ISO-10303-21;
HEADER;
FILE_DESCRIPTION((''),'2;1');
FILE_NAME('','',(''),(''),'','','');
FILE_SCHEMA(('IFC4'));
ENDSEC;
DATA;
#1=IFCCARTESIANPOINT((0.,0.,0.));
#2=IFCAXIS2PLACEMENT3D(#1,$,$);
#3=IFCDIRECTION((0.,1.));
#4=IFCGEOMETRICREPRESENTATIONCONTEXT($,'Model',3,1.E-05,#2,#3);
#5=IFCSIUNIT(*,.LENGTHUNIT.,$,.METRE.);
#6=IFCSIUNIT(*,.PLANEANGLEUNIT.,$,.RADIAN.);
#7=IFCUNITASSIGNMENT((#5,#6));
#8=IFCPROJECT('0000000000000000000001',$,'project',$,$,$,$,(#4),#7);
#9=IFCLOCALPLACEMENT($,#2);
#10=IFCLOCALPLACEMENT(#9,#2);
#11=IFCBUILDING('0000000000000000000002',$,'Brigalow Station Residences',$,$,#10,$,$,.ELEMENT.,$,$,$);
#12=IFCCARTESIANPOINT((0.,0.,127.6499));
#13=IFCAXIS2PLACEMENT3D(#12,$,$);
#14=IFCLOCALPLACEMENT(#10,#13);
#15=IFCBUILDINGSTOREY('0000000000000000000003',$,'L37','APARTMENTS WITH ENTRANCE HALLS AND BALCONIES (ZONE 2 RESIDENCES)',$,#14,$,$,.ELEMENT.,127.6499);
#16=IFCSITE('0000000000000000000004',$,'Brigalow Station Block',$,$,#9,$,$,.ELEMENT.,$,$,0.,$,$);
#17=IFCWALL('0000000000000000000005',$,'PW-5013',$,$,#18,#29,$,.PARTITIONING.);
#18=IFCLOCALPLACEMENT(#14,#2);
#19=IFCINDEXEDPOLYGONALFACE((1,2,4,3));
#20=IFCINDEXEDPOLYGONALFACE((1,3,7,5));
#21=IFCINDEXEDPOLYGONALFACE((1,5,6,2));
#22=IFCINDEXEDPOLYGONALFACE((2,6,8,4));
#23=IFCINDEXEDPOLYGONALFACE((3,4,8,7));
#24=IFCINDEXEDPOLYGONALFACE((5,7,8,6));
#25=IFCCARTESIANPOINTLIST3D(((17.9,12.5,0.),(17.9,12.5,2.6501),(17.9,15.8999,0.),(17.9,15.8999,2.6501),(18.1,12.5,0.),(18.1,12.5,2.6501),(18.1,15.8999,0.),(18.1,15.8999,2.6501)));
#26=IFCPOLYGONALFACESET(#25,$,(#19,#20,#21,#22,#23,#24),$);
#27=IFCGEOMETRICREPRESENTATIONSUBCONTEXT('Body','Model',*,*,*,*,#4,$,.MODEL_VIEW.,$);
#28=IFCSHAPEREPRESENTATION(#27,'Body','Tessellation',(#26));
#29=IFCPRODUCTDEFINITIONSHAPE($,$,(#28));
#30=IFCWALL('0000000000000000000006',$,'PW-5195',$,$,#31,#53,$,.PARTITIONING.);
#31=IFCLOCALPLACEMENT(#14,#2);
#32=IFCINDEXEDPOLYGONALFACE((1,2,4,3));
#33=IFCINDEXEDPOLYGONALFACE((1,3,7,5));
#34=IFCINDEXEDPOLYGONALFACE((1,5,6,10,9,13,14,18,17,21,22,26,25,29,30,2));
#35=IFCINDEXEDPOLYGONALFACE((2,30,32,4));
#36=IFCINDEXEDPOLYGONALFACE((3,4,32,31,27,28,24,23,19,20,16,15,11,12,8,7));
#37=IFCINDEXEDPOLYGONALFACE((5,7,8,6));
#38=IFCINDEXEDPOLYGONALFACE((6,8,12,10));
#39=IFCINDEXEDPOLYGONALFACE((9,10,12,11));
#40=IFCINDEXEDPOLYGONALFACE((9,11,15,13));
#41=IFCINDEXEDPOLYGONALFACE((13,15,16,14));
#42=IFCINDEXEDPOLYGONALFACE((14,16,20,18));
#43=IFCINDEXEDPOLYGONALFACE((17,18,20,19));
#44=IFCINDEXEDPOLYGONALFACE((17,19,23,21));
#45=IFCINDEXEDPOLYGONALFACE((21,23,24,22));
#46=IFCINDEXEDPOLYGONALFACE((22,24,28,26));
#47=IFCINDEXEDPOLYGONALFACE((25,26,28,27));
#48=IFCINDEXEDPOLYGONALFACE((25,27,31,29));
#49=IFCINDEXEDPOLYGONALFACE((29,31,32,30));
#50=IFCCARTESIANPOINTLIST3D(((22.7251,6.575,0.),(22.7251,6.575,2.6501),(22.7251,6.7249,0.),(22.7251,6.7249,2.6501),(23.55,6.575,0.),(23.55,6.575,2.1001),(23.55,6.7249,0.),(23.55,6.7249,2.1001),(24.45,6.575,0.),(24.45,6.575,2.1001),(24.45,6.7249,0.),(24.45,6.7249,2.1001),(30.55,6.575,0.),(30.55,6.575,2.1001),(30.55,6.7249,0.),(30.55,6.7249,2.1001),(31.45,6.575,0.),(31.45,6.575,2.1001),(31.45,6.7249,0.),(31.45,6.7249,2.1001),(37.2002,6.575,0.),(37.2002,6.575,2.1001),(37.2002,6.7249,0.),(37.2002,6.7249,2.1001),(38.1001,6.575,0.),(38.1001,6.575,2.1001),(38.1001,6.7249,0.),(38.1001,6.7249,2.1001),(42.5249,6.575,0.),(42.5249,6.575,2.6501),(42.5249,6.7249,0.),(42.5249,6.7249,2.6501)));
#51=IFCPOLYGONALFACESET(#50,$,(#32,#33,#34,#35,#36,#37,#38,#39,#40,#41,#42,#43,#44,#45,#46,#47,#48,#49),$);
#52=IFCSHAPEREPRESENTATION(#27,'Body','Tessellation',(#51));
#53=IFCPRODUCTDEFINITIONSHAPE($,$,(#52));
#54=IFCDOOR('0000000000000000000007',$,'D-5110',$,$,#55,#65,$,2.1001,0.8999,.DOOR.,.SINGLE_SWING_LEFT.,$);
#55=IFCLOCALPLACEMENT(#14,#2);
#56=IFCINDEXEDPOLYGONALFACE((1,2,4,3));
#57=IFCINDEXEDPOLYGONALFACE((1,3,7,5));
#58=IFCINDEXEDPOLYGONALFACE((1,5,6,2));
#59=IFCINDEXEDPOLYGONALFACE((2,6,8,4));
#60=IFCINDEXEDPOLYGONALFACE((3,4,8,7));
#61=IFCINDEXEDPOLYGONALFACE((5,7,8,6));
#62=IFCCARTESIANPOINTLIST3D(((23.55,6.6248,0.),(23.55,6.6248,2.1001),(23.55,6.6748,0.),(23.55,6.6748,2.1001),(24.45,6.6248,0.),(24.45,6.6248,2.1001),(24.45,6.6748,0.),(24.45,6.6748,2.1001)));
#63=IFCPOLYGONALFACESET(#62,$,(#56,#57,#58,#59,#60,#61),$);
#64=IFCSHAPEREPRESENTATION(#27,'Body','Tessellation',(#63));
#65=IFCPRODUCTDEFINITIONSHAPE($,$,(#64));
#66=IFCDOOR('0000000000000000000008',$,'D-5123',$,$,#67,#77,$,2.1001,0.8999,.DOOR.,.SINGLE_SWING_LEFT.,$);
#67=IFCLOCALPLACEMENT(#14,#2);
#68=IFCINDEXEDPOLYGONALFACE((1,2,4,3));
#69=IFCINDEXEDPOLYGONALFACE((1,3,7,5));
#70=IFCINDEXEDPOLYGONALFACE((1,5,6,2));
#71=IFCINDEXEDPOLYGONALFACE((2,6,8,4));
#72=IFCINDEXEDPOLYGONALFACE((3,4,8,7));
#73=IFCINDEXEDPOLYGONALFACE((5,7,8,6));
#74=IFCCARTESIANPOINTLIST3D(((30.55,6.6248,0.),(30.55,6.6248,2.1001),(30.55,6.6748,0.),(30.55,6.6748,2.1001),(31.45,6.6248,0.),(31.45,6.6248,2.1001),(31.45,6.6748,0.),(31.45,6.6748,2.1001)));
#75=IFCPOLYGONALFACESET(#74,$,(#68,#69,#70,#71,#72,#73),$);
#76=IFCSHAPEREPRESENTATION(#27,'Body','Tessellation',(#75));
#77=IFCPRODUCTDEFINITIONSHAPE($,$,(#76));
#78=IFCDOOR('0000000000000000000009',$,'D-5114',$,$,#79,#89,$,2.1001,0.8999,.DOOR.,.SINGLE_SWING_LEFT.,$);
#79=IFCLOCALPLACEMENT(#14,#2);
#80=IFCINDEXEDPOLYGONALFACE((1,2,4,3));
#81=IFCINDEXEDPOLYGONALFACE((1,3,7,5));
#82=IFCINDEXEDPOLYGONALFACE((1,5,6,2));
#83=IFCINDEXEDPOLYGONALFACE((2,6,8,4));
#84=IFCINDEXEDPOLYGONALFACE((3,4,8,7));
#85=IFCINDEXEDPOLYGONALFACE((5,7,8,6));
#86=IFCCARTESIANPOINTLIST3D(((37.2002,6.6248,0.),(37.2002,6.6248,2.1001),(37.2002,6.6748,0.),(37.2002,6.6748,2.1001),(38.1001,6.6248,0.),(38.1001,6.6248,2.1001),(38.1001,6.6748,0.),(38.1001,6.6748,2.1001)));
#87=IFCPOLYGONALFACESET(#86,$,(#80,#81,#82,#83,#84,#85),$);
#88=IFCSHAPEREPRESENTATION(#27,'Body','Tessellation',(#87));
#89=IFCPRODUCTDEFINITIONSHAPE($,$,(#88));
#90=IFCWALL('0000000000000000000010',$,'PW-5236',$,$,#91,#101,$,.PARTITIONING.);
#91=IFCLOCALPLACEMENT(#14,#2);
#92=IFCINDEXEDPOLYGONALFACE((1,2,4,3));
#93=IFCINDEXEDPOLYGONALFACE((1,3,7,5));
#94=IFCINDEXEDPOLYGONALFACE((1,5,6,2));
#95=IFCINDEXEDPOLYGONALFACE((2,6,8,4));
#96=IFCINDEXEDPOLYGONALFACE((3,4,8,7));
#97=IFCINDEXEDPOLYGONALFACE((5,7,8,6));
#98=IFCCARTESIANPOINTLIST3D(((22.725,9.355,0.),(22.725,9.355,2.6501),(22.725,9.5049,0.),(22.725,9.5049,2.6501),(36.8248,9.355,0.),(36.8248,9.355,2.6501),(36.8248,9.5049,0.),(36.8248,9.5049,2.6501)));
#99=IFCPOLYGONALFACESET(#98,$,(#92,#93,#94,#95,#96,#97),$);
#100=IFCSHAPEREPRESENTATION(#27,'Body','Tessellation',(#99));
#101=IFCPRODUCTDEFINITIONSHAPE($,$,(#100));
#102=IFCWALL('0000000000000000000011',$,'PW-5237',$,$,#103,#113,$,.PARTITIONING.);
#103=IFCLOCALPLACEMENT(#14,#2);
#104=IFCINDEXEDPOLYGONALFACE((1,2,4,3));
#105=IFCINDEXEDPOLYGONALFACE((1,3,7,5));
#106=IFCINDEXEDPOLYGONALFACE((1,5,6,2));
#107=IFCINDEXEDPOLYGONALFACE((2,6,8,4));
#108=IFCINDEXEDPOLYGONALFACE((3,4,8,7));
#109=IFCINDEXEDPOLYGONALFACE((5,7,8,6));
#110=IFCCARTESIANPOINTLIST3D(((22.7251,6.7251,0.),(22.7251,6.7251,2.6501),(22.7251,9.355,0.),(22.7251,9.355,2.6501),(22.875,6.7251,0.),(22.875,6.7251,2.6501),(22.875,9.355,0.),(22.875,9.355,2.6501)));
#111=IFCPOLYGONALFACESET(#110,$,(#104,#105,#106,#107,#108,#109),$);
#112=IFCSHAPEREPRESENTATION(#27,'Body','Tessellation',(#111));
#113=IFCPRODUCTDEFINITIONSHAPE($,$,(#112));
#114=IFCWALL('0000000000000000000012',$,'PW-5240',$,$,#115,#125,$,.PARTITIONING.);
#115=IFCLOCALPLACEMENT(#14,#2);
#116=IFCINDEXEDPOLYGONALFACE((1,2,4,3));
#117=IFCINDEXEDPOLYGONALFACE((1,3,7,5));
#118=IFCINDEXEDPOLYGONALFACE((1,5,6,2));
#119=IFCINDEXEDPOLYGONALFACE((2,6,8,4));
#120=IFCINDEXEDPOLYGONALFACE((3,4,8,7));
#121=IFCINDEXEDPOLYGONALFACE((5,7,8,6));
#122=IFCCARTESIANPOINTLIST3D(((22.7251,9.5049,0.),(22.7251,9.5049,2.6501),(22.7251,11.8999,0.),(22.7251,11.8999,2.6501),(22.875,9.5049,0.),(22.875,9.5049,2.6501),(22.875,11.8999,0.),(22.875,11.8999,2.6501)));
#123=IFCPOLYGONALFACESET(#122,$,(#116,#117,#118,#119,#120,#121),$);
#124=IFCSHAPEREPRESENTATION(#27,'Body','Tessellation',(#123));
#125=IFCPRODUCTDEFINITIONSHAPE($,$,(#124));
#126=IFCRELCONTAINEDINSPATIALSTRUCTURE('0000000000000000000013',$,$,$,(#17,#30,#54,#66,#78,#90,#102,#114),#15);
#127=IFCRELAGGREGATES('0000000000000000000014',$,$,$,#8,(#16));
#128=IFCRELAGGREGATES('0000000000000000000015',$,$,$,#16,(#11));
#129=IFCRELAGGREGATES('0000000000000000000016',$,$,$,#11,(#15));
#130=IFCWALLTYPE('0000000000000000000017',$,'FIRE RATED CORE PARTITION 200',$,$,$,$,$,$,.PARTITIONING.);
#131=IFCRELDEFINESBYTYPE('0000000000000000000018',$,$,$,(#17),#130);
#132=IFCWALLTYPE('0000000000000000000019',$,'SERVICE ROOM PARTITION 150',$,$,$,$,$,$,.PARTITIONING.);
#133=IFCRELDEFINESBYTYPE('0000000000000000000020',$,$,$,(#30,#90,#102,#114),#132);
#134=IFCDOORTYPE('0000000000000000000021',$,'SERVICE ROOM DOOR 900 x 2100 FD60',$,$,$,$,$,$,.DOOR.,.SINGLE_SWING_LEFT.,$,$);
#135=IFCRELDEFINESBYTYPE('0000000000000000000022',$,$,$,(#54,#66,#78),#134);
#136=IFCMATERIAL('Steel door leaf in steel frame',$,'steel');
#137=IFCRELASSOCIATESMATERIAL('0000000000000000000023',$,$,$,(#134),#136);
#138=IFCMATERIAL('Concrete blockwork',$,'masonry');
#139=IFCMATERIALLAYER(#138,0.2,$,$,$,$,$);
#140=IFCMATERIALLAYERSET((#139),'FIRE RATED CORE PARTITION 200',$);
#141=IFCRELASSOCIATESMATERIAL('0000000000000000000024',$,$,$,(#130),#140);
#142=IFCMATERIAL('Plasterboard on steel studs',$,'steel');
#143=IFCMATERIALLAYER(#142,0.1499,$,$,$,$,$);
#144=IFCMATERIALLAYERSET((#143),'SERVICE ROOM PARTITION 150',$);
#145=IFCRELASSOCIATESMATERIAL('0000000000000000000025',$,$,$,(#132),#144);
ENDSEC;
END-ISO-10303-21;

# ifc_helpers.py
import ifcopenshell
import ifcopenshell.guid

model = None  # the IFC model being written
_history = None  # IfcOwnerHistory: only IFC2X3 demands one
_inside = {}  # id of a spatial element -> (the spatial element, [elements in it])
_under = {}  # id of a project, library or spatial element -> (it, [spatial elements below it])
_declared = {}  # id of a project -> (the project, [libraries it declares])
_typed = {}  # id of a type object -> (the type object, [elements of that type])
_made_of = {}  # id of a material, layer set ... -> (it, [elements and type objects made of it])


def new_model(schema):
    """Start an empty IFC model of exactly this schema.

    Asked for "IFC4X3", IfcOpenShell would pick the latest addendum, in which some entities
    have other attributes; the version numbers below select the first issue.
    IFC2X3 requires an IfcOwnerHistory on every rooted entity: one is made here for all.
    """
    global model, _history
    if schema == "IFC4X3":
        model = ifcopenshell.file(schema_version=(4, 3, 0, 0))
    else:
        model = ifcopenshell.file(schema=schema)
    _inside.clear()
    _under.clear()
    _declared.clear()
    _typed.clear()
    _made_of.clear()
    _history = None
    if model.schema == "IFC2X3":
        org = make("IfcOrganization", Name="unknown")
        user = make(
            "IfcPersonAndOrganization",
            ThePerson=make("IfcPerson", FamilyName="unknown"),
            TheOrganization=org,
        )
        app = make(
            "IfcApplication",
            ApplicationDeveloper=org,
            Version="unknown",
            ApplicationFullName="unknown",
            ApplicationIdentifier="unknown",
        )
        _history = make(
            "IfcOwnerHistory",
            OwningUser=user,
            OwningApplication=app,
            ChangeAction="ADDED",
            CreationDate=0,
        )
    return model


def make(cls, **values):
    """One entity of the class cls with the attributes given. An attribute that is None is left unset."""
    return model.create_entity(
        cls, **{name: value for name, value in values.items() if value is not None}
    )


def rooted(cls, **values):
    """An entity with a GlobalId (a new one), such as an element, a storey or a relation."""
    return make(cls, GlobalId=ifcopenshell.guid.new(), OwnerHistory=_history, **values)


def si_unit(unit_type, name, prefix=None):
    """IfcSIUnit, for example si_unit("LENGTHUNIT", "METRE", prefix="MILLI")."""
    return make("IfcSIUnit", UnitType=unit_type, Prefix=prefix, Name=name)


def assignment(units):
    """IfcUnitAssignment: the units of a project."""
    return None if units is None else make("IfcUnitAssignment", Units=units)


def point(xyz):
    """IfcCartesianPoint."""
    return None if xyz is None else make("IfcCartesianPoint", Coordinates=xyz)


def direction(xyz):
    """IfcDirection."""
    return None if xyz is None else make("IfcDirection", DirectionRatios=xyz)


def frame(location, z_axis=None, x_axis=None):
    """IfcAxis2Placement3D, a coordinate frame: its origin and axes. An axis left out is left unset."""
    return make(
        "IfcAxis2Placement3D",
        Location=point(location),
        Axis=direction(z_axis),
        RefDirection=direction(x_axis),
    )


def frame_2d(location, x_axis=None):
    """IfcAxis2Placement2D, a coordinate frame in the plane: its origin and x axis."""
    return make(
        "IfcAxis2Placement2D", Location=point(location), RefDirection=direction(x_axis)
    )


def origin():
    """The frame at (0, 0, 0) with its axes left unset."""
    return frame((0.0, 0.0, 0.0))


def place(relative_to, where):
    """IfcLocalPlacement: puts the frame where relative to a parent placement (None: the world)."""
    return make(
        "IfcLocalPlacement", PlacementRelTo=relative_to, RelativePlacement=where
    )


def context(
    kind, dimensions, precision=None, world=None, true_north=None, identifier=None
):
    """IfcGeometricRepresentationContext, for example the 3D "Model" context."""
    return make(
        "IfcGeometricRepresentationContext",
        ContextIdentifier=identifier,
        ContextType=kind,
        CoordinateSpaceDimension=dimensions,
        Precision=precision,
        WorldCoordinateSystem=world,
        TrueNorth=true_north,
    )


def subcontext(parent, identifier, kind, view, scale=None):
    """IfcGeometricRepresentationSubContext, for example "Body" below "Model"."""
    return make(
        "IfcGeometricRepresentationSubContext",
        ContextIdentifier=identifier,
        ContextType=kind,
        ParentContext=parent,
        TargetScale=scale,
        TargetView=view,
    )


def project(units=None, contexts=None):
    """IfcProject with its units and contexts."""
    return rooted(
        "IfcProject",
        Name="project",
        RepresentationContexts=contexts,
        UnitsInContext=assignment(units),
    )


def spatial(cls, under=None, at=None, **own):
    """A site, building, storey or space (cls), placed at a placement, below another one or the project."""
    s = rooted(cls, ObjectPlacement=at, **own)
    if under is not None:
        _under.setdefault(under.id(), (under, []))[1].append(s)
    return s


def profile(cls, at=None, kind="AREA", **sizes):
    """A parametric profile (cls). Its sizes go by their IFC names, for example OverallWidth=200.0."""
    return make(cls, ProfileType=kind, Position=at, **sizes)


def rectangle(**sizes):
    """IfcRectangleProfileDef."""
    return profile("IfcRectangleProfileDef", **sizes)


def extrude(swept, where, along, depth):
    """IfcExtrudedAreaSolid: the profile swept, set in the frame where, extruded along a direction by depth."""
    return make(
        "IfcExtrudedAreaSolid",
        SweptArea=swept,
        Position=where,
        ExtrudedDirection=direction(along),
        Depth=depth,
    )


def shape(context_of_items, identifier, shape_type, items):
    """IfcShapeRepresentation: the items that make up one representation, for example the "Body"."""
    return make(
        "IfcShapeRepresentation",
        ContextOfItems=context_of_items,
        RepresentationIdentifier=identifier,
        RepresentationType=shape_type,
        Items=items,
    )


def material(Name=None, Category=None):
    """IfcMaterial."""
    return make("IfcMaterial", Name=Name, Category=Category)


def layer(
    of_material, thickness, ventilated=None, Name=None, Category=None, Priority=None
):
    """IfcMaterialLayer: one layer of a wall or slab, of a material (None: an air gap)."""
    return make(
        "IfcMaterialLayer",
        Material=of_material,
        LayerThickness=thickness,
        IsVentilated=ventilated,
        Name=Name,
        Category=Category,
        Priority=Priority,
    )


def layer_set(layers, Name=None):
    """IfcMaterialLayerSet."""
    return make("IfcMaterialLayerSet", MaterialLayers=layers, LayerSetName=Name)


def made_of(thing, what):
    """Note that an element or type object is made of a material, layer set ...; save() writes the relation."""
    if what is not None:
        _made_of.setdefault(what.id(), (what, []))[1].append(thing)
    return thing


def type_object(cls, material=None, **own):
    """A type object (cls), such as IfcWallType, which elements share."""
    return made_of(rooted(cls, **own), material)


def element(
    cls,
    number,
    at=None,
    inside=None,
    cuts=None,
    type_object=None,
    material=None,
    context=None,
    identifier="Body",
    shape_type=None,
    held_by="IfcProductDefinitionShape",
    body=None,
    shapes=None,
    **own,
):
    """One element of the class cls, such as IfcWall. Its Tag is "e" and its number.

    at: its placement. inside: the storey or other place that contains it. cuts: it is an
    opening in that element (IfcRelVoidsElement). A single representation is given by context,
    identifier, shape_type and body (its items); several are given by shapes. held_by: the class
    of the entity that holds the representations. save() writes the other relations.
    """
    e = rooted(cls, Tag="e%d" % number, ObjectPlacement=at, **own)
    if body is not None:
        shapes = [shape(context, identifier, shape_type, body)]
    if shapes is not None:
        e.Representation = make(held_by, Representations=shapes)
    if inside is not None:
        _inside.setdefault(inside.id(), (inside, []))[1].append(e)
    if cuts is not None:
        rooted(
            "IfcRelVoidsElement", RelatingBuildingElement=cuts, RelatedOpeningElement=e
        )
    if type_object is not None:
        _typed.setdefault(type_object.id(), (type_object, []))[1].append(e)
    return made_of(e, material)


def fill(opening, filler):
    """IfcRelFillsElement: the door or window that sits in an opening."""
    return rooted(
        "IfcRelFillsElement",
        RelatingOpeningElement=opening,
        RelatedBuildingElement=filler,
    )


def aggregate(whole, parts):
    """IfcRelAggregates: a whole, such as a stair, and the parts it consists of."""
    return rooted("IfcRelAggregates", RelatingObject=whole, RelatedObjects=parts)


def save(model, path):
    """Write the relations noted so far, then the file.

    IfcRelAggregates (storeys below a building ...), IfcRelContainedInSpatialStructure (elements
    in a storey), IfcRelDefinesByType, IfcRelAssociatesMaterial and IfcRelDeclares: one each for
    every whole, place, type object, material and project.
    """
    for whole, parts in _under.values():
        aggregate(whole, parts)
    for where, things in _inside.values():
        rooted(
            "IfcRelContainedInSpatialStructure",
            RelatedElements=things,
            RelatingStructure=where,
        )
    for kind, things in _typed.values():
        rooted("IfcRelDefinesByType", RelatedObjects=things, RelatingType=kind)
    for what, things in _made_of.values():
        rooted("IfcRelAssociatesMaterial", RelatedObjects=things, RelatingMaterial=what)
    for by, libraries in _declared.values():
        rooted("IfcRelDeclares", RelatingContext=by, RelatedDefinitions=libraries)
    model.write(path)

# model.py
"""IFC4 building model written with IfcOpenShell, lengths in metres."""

from ifc_helpers import new_model, si_unit, direction, frame, frame_2d, origin, place, context, subcontext, project, spatial, rectangle, extrude, material, layer, layer_set, type_object, element, fill, save


model = new_model("IFC4")

# Units and contexts
model_context = context("Model", 3, precision=1e-05, world=origin(), true_north=direction((0.0, 1.0)))
body_context = subcontext(model_context, "Body", "Model", "MODEL_VIEW")
ifc_project = project(units=[si_unit("LENGTHUNIT", "METRE"), si_unit("PLANEANGLEUNIT", "RADIAN")], contexts=[model_context])

# Site, building, storey
site_placement = place(None, origin())
site = spatial("IfcSite", under=ifc_project, at=site_placement, Name="Brigalow Station Block", CompositionType="ELEMENT", RefElevation=0.0)
building_placement = place(site_placement, origin())
building = spatial("IfcBuilding", under=site, at=building_placement, Name="Brigalow Station Residences", CompositionType="ELEMENT")
storey_placement = place(building_placement, frame((0.0, 0.0, 127.6499)))
storey = spatial("IfcBuildingStorey", under=building, at=storey_placement, Name="L37", Description="APARTMENTS WITH ENTRANCE HALLS AND BALCONIES (ZONE 2 RESIDENCES)", CompositionType="ELEMENT", Elevation=127.6499)

# Shared definitions
ifc_material_1 = material(Name="Steel door leaf in steel frame", Category="steel")
door_type_1 = type_object("IfcDoorType", Name="SERVICE ROOM DOOR 900 x 2100 FD60", OperationType="SINGLE_SWING_LEFT", PredefinedType="DOOR", material=ifc_material_1)

# Wall
ifc_material_2 = material(Name="Concrete blockwork", Category="masonry")
ifc_layer_1 = layer(ifc_material_2, 0.2)
ifc_layer_set_1 = layer_set([ifc_layer_1], Name="FIRE RATED CORE PARTITION 200")
wall_type_1 = type_object("IfcWallType", Name="FIRE RATED CORE PARTITION 200", PredefinedType="PARTITIONING", material=ifc_layer_set_1)
wall_1_placement = place(storey_placement, frame((18.0, 12.5, 0.0), z_axis=(0.0, 0.0, 1.0), x_axis=(0.0, 1.0, 0.0)))
element("IfcWall", 1, at=wall_1_placement, inside=storey, type_object=wall_type_1, Name="PW-5013", PredefinedType="PARTITIONING", context=body_context, shape_type="SweptSolid", body=[
    extrude(rectangle(XDim=3.3999, YDim=0.2, at=frame_2d((1.7, 0.0))), origin(), (0.0, 0.0, 1.0), 2.6501),
])

# Wall, openings, doors
ifc_material_3 = material(Name="Plasterboard on steel studs", Category="steel")
ifc_layer_2 = layer(ifc_material_3, 0.1499)
ifc_layer_set_2 = layer_set([ifc_layer_2], Name="SERVICE ROOM PARTITION 150")
wall_type_2 = type_object("IfcWallType", Name="SERVICE ROOM PARTITION 150", PredefinedType="PARTITIONING", material=ifc_layer_set_2)
wall_2_placement = place(storey_placement, frame((22.7251, 6.6499, 0.0), z_axis=(0.0, 0.0, 1.0), x_axis=(1.0, 0.0, 0.0)))
wall_2 = element("IfcWall", 2, at=wall_2_placement, inside=storey, type_object=wall_type_2, Name="PW-5195", PredefinedType="PARTITIONING", context=body_context, shape_type="SweptSolid", body=[
    extrude(rectangle(XDim=19.7998, YDim=0.1499, at=frame_2d((9.8999, 0.0))), origin(), (0.0, 0.0, 1.0), 2.6501),
])
opening_1_placement = place(wall_2_placement, frame((0.825, 0.0, 0.0)))
opening_1 = element("IfcOpeningElement", 3, at=opening_1_placement, cuts=wall_2, PredefinedType="OPENING", context=body_context, shape_type="SweptSolid", body=[
    extrude(rectangle(XDim=0.8999, YDim=2.1001, at=frame_2d((0.45, 1.05))), frame((0.0, 0.085, 0.0), z_axis=(0.0, -1.0, 0.0), x_axis=(1.0, 0.0, 0.0)), (0.0, 0.0, 1.0), 0.1699),
])
opening_2_placement = place(wall_2_placement, frame((7.825, 0.0, 0.0)))
opening_2 = element("IfcOpeningElement", 4, at=opening_2_placement, cuts=wall_2, PredefinedType="OPENING", context=body_context, shape_type="SweptSolid", body=[
    extrude(rectangle(XDim=0.8999, YDim=2.1001, at=frame_2d((0.45, 1.05))), frame((0.0, 0.085, 0.0), z_axis=(0.0, -1.0, 0.0), x_axis=(1.0, 0.0, 0.0)), (0.0, 0.0, 1.0), 0.1699),
])
opening_3_placement = place(wall_2_placement, frame((14.4751, 0.0, 0.0)))
opening_3 = element("IfcOpeningElement", 5, at=opening_3_placement, cuts=wall_2, PredefinedType="OPENING", context=body_context, shape_type="SweptSolid", body=[
    extrude(rectangle(XDim=0.8999, YDim=2.1001, at=frame_2d((0.45, 1.05))), frame((0.0, 0.085, 0.0), z_axis=(0.0, -1.0, 0.0), x_axis=(1.0, 0.0, 0.0)), (0.0, 0.0, 1.0), 0.1699),
])
door_1_placement = place(opening_1_placement, origin())
door_1 = element("IfcDoor", 6, at=door_1_placement, inside=storey, type_object=door_type_1, Name="D-5110", OperationType="SINGLE_SWING_LEFT", OverallHeight=2.1001, OverallWidth=0.8999, PredefinedType="DOOR", context=body_context, shape_type="SweptSolid", body=[
    extrude(rectangle(XDim=0.8999, YDim=2.1001, at=frame_2d((0.45, 1.05))), frame((0.0, 0.0249, 0.0), z_axis=(0.0, -1.0, 0.0), x_axis=(1.0, 0.0, 0.0)), (0.0, 0.0, 1.0), 0.05),
])
fill(opening_1, door_1)
door_2_placement = place(opening_2_placement, origin())
door_2 = element("IfcDoor", 7, at=door_2_placement, inside=storey, type_object=door_type_1, Name="D-5123", OperationType="SINGLE_SWING_LEFT", OverallHeight=2.1001, OverallWidth=0.8999, PredefinedType="DOOR", context=body_context, shape_type="SweptSolid", body=[
    extrude(rectangle(XDim=0.8999, YDim=2.1001, at=frame_2d((0.45, 1.05))), frame((0.0, 0.0249, 0.0), z_axis=(0.0, -1.0, 0.0), x_axis=(1.0, 0.0, 0.0)), (0.0, 0.0, 1.0), 0.05),
])
fill(opening_2, door_2)
door_3_placement = place(opening_3_placement, origin())
door_3 = element("IfcDoor", 8, at=door_3_placement, inside=storey, type_object=door_type_1, Name="D-5114", OperationType="SINGLE_SWING_LEFT", OverallHeight=2.1001, OverallWidth=0.8999, PredefinedType="DOOR", context=body_context, shape_type="SweptSolid", body=[
    extrude(rectangle(XDim=0.8999, YDim=2.1001, at=frame_2d((0.45, 1.05))), frame((0.0, 0.0249, 0.0), z_axis=(0.0, -1.0, 0.0), x_axis=(1.0, 0.0, 0.0)), (0.0, 0.0, 1.0), 0.05),
])
fill(opening_3, door_3)

# Walls
wall_3_placement = place(storey_placement, frame((22.7251, 9.4299, 0.0), z_axis=(0.0, 0.0, 1.0), x_axis=(1.0, 0.0, 0.0)))
element("IfcWall", 9, at=wall_3_placement, inside=storey, type_object=wall_type_2, Name="PW-5236", PredefinedType="PARTITIONING", context=body_context, shape_type="SweptSolid", body=[
    extrude(rectangle(XDim=14.0999, YDim=0.1499, at=frame_2d((7.0498, 0.0))), origin(), (0.0, 0.0, 1.0), 2.6501),
])
wall_4_placement = place(storey_placement, frame((22.8, 6.7251, 0.0), z_axis=(0.0, 0.0, 1.0), x_axis=(0.0, 1.0, 0.0)))
element("IfcWall", 10, at=wall_4_placement, inside=storey, type_object=wall_type_2, Name="PW-5237", PredefinedType="PARTITIONING", context=body_context, shape_type="SweptSolid", body=[
    extrude(rectangle(XDim=2.6299, YDim=0.1499, at=frame_2d((1.3149, 0.0))), origin(), (0.0, 0.0, 1.0), 2.6501),
])
wall_5_placement = place(storey_placement, frame((22.8, 9.5049, 0.0), z_axis=(0.0, 0.0, 1.0), x_axis=(0.0, 1.0, 0.0)))
element("IfcWall", 11, at=wall_5_placement, inside=storey, type_object=wall_type_2, Name="PW-5240", PredefinedType="PARTITIONING", context=body_context, shape_type="SweptSolid", body=[
    extrude(rectangle(XDim=2.395, YDim=0.1499, at=frame_2d((1.1975, 0.0))), origin(), (0.0, 0.0, 1.0), 2.6501),
])

save(model, "model.ifc")
